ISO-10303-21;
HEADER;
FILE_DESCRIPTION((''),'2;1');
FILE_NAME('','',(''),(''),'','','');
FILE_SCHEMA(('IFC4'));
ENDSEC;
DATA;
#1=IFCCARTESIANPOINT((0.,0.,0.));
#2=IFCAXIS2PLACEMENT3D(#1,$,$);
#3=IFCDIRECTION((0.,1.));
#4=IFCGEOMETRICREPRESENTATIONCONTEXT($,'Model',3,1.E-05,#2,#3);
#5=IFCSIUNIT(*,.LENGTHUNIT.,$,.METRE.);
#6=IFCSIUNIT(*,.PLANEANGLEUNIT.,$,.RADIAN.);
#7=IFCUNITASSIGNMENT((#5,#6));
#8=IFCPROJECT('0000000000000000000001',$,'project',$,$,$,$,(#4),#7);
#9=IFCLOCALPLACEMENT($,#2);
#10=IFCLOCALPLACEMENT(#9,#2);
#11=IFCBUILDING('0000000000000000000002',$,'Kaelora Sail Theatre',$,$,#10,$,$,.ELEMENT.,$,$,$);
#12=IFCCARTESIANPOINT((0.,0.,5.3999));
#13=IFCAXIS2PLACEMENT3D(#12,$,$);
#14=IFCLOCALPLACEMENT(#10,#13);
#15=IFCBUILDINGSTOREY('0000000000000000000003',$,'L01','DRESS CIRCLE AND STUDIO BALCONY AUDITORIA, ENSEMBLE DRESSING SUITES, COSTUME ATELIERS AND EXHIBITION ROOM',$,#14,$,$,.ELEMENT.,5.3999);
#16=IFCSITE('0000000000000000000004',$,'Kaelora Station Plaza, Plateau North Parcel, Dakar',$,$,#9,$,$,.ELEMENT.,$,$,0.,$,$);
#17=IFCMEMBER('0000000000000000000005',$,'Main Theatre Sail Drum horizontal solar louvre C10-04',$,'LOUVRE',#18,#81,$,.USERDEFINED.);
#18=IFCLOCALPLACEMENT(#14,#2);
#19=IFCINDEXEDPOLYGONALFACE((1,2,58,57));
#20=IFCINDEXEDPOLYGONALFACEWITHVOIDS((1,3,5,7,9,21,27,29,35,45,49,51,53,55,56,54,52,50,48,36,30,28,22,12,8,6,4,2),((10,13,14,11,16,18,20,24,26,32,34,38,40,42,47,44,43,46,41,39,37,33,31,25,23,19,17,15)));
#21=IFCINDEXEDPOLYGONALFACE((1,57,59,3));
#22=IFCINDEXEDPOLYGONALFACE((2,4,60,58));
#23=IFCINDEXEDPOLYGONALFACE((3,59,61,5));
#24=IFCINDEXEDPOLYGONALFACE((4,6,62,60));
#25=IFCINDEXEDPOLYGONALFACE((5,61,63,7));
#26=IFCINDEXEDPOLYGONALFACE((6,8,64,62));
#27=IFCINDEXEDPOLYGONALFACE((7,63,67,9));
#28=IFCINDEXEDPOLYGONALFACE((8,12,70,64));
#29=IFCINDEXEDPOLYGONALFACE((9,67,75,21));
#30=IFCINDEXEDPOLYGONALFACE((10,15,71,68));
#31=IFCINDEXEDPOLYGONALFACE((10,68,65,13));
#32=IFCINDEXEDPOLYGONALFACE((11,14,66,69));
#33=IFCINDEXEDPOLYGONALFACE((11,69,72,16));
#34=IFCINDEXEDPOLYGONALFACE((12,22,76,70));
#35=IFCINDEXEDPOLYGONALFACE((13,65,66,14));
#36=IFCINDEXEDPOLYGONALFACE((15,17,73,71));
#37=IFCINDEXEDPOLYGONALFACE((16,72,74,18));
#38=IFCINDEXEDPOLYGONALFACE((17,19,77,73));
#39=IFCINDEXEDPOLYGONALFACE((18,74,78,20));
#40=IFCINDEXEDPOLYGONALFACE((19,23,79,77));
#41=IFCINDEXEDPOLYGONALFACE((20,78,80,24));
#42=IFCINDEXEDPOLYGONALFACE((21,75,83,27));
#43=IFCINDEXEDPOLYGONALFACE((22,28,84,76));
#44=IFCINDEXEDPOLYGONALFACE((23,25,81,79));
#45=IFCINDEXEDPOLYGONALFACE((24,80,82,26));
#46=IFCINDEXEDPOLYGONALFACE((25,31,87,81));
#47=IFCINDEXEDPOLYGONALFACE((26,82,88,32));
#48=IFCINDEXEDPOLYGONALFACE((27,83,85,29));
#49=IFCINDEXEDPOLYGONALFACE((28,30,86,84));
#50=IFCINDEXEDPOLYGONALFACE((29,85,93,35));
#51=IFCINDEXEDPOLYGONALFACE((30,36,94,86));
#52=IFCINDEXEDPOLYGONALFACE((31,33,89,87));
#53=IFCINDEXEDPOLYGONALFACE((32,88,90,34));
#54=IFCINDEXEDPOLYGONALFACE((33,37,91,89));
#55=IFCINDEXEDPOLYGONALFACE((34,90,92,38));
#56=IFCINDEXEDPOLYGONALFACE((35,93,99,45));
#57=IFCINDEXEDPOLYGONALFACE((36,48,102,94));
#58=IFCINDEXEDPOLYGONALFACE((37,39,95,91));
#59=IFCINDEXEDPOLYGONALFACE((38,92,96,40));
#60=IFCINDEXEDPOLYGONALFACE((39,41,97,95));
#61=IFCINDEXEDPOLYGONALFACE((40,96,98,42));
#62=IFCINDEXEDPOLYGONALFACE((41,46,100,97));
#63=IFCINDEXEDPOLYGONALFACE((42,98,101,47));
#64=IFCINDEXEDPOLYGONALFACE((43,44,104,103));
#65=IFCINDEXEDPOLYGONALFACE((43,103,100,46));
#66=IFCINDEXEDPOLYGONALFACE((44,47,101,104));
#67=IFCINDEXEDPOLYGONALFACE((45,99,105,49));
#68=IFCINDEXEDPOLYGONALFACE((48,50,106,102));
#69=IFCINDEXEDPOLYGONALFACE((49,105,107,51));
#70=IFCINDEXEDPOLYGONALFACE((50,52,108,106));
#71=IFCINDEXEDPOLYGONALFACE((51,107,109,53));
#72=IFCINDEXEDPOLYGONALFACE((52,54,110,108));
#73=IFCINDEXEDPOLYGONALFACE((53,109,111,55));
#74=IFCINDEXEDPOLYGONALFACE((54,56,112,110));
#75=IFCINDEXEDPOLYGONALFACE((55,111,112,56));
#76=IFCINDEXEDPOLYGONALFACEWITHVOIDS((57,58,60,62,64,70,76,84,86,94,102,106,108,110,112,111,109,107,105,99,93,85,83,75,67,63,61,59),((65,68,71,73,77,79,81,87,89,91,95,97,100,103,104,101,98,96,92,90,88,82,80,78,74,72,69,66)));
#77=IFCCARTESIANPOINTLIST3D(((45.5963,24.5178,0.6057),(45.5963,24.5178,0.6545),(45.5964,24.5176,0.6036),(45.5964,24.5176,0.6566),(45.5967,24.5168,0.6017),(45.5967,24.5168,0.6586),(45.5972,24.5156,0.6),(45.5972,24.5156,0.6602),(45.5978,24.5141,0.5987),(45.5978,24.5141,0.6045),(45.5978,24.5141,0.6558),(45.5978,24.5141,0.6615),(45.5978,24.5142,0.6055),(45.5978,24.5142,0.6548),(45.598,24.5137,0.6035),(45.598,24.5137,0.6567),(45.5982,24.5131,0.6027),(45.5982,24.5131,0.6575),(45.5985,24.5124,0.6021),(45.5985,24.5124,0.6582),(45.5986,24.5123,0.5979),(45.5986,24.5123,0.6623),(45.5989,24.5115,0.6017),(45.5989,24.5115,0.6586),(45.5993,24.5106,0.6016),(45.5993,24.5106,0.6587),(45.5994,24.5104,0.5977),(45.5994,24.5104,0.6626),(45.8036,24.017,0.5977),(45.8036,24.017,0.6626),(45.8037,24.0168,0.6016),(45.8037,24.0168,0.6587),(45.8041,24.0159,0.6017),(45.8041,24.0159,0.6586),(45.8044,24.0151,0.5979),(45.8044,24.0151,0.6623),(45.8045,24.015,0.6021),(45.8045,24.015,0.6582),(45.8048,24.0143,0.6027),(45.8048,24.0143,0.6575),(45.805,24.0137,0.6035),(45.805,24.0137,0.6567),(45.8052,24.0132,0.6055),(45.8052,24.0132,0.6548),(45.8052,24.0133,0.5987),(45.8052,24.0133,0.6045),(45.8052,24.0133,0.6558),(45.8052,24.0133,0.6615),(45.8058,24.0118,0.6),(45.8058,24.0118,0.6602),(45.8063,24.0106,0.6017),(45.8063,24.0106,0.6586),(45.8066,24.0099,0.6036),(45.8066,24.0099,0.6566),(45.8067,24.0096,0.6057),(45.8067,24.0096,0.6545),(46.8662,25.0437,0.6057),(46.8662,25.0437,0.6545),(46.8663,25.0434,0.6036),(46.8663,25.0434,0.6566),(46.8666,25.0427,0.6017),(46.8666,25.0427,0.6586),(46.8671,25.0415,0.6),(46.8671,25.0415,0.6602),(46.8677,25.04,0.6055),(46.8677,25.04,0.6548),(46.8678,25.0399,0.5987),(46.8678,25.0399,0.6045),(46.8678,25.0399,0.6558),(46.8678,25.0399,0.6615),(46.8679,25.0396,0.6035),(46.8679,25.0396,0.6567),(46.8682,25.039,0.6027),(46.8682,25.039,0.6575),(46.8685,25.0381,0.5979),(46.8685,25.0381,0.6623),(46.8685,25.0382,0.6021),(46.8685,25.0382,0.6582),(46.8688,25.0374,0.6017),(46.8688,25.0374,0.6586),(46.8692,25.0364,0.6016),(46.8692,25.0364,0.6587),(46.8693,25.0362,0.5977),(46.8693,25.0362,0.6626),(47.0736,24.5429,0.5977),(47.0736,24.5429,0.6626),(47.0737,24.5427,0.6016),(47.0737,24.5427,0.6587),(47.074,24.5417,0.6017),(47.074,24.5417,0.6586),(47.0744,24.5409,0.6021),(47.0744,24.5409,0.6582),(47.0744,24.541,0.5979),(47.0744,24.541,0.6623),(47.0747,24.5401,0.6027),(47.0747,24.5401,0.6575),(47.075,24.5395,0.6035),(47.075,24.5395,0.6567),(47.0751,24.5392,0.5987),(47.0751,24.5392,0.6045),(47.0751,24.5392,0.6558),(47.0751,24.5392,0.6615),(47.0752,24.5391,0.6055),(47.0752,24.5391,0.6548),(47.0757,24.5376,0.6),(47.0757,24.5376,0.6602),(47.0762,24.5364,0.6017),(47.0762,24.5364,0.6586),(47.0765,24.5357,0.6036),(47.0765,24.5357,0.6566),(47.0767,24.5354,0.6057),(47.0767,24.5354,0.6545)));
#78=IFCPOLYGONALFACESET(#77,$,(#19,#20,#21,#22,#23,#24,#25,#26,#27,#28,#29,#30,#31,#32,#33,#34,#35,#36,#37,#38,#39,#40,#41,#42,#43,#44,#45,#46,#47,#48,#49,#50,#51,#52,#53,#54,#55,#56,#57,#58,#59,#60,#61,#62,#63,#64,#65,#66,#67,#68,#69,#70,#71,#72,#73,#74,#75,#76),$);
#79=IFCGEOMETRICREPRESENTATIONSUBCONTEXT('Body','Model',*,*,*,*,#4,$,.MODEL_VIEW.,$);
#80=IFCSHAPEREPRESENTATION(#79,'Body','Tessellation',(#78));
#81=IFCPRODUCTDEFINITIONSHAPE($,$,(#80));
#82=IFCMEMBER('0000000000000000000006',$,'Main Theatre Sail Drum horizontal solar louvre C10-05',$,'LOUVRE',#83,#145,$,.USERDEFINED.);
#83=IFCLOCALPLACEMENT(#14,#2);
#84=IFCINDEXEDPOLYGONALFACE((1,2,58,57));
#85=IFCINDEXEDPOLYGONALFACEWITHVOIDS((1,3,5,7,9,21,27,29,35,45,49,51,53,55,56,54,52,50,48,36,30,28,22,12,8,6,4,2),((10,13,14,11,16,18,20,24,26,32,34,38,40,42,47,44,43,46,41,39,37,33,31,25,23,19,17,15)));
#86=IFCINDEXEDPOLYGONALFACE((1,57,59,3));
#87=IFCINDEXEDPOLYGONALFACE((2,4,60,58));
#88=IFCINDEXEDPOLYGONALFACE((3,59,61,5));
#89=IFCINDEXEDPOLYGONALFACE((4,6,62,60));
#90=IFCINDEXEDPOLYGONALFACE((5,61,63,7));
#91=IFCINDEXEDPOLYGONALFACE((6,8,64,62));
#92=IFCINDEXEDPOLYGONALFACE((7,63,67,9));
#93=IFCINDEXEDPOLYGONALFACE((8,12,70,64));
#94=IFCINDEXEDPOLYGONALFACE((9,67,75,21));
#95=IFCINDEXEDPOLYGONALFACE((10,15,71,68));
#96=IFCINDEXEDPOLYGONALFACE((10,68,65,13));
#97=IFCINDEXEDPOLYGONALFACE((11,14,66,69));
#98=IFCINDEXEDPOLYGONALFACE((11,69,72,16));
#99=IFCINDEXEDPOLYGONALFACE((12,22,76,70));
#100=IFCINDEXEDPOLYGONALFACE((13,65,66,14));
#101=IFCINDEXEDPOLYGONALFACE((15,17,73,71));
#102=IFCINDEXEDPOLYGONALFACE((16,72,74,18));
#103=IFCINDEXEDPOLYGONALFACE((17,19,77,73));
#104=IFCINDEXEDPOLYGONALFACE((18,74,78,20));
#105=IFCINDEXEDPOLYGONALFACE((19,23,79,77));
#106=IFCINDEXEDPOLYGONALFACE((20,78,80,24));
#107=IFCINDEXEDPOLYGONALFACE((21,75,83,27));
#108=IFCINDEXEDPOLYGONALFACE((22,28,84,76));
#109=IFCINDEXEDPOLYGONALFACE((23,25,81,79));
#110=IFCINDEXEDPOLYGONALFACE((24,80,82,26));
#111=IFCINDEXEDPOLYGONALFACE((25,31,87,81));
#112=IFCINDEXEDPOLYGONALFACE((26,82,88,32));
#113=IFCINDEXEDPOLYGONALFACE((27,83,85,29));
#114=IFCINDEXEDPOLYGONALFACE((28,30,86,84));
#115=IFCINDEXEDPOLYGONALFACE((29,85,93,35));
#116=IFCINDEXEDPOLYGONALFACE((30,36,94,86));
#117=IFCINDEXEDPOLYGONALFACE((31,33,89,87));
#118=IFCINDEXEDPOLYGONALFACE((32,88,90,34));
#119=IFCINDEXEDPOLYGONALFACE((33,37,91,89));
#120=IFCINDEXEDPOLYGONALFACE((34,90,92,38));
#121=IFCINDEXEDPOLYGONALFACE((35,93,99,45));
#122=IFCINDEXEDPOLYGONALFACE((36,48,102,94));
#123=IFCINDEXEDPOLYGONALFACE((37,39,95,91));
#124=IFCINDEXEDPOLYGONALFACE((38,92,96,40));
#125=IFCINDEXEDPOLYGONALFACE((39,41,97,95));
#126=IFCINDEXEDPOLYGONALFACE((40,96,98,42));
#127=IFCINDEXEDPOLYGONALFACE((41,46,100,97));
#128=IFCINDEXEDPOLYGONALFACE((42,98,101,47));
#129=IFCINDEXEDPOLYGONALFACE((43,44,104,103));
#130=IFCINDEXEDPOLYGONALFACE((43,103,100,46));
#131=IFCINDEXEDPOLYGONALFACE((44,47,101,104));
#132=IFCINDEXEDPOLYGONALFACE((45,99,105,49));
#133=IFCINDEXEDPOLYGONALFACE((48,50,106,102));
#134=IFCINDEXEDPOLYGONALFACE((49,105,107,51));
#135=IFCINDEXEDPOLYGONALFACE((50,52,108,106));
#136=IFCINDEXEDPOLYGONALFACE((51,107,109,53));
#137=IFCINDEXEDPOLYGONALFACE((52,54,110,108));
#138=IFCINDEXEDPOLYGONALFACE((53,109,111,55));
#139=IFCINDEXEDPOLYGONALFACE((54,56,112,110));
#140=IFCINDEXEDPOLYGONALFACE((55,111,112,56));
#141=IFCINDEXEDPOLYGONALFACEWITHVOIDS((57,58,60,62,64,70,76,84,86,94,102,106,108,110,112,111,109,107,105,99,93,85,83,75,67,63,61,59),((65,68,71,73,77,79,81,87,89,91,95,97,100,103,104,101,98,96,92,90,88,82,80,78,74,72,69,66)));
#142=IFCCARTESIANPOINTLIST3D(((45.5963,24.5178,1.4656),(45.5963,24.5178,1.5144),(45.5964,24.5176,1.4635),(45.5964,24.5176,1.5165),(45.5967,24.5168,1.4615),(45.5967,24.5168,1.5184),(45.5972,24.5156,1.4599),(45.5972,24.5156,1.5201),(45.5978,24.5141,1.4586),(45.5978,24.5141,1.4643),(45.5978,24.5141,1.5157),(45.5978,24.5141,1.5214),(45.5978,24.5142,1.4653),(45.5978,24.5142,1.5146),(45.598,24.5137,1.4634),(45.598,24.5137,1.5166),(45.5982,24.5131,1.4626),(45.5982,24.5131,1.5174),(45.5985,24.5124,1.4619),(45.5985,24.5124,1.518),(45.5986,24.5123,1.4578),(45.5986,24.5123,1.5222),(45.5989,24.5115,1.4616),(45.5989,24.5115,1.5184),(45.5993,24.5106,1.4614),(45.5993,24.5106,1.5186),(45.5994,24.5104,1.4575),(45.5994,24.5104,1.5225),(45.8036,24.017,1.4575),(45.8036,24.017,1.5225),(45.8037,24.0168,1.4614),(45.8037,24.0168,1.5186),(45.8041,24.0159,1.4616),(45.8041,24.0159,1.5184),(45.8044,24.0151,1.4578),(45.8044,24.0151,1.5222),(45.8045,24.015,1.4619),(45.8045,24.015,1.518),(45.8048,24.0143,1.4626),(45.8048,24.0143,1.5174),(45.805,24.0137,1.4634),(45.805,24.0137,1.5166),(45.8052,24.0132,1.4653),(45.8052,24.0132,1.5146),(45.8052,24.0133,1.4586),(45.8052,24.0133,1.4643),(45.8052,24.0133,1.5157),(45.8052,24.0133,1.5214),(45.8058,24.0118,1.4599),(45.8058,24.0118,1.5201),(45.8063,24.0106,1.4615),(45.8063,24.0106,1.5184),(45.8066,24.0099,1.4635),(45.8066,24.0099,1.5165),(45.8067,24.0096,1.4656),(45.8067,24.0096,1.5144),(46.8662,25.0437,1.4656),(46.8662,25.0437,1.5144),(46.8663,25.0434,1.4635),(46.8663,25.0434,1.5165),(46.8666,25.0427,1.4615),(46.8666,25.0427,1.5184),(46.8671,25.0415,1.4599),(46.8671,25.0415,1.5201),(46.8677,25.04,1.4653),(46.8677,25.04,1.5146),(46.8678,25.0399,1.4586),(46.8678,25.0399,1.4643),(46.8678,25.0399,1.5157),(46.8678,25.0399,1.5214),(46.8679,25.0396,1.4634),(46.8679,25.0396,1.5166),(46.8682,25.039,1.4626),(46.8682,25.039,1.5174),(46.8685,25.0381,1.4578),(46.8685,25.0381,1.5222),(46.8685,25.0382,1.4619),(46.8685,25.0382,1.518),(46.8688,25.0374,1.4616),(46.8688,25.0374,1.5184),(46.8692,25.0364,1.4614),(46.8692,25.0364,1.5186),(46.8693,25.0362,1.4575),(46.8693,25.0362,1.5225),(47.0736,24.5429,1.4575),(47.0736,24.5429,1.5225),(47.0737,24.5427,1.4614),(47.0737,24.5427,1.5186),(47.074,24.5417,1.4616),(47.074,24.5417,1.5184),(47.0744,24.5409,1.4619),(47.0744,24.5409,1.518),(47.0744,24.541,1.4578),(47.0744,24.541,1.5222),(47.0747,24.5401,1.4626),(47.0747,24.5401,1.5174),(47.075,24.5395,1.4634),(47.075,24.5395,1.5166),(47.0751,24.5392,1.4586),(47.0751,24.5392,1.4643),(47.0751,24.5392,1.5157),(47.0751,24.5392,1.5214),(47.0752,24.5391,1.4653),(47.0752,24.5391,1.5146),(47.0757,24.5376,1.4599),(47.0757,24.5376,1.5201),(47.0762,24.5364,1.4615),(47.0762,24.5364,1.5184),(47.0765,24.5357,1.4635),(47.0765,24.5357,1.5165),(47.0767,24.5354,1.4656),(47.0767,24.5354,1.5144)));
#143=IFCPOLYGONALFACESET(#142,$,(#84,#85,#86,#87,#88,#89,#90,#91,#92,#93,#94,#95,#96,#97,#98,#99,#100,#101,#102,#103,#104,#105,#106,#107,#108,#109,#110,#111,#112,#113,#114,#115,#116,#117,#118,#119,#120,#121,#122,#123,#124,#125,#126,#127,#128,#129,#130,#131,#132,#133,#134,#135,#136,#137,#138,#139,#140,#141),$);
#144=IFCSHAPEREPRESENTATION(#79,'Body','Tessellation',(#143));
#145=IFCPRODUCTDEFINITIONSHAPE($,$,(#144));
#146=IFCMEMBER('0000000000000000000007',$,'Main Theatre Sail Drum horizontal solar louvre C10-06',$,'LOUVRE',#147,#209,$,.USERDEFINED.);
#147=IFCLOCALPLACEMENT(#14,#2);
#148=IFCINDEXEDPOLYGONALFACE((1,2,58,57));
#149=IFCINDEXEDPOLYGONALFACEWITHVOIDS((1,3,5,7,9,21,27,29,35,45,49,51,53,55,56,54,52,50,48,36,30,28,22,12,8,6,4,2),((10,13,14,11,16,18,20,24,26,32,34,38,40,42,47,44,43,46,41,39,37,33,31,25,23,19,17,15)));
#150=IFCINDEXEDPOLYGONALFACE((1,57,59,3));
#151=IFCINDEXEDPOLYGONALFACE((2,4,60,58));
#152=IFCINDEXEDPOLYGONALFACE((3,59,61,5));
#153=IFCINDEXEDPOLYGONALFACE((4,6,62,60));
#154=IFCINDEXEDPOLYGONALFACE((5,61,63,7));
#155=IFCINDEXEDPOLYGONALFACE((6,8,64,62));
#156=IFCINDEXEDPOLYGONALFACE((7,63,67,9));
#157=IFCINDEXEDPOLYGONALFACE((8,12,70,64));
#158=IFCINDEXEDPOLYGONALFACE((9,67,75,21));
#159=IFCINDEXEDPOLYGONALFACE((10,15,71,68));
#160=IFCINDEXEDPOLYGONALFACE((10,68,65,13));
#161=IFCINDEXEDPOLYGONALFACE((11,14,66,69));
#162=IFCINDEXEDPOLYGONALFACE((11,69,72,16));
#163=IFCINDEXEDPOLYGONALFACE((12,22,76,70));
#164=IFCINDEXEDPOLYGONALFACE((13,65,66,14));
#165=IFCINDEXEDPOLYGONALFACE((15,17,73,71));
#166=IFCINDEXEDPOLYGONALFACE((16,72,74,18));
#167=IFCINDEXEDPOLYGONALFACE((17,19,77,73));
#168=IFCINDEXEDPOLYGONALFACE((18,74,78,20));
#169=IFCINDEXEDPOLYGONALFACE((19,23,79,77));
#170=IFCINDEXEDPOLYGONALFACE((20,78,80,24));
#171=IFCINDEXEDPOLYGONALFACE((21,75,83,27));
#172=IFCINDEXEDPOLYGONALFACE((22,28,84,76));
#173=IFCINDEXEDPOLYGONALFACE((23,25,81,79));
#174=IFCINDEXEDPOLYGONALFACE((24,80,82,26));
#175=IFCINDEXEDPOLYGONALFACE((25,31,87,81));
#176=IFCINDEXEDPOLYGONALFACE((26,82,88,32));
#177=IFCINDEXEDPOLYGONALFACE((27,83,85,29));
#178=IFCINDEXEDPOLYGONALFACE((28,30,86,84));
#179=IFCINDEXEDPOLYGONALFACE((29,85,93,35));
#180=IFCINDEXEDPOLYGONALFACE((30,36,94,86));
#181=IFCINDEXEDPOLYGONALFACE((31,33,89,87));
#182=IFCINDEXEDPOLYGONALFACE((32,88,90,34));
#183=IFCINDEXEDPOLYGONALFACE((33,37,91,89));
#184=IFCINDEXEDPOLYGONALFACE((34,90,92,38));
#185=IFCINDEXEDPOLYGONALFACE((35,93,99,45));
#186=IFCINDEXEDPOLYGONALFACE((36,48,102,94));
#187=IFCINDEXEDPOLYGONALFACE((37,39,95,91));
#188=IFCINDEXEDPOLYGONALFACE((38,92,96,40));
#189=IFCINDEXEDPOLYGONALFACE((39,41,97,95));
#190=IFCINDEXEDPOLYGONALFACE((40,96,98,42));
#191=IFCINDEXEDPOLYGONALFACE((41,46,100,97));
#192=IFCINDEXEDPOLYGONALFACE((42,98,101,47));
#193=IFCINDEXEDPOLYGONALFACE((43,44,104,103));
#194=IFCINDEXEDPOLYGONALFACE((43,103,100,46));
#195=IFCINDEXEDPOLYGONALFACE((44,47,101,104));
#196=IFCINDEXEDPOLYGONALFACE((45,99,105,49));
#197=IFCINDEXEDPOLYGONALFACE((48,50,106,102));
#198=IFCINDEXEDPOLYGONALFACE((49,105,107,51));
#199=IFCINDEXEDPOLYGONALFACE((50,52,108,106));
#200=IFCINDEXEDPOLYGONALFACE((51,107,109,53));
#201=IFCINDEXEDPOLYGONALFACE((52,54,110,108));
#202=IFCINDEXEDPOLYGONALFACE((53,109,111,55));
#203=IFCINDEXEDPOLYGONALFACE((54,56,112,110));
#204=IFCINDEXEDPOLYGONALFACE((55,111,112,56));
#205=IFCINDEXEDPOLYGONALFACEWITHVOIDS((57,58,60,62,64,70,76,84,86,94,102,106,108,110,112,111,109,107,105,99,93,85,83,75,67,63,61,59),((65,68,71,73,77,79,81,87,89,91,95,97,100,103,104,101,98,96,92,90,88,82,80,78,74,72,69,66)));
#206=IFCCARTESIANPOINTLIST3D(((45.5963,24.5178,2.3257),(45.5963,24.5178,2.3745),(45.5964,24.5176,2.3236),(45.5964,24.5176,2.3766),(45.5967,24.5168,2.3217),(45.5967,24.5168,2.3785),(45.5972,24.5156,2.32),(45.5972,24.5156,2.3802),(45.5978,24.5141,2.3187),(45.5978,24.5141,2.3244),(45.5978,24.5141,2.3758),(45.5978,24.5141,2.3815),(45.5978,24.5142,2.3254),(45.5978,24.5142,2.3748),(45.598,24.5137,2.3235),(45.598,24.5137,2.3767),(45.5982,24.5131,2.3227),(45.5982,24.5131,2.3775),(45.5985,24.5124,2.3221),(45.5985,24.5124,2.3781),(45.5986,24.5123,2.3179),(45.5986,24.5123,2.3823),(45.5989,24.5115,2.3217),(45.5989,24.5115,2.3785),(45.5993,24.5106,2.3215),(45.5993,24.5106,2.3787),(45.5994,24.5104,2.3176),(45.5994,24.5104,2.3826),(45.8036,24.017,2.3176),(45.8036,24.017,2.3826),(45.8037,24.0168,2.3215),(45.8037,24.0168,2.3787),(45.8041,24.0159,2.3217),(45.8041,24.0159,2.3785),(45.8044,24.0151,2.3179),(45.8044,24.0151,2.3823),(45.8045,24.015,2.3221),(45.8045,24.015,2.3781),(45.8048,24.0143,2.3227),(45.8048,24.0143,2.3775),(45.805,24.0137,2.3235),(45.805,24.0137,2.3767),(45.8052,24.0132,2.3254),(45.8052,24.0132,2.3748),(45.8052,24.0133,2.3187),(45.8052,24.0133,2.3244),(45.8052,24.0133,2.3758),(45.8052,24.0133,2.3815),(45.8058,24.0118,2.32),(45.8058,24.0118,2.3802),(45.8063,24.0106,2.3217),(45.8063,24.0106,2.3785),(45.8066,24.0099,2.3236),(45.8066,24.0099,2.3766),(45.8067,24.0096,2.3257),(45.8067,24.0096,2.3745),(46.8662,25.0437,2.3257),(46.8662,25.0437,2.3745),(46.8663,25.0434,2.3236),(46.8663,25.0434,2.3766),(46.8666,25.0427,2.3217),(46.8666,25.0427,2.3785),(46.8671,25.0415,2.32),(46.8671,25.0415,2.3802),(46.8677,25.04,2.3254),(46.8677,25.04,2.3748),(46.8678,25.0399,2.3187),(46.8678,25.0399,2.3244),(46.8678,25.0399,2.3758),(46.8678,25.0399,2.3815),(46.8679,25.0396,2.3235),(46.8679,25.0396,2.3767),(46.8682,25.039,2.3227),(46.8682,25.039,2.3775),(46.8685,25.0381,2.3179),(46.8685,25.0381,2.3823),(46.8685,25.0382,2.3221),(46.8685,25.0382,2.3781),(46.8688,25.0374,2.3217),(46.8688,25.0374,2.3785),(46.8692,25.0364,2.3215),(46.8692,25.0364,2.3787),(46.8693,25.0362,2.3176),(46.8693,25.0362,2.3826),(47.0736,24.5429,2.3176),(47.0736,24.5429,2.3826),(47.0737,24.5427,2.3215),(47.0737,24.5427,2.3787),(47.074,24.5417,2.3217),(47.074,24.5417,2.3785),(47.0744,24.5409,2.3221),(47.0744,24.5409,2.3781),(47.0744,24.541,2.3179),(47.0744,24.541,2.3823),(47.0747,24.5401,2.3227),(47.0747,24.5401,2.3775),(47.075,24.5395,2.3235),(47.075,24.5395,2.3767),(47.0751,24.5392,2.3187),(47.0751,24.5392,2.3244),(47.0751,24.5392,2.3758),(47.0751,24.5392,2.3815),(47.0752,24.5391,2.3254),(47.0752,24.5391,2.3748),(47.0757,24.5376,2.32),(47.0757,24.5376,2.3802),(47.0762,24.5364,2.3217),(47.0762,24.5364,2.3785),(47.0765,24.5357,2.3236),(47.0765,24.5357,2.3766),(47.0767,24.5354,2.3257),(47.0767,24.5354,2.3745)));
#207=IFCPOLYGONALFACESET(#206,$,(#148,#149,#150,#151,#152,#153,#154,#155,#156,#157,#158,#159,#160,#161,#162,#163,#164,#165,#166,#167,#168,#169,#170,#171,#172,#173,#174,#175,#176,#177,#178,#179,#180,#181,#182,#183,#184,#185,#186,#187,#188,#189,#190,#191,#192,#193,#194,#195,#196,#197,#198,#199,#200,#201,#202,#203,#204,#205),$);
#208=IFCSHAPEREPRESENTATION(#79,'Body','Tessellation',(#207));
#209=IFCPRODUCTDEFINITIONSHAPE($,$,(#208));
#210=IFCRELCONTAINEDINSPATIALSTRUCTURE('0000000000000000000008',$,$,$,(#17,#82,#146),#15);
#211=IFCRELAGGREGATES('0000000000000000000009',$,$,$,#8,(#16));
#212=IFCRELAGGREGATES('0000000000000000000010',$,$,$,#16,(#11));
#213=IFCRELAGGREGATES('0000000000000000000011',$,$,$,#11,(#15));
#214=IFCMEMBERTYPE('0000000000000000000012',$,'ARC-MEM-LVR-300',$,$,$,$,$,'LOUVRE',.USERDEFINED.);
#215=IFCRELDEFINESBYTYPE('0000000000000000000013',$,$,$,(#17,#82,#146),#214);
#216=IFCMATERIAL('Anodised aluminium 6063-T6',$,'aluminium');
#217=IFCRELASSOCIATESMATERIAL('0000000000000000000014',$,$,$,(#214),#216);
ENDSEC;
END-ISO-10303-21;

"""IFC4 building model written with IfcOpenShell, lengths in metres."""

from ifc_helpers import new_model, si_unit, direction, frame, origin, origin_2d, place, context, subcontext, project, spatial, hollow_rectangle, extrude, material, material_profile, profile_set, type_object, element, save


model = new_model("IFC4")

# Units and contexts
model_context = context("Model", 3, precision=1e-05, world=origin(), true_north=direction((0.0, 1.0)))
body_context = subcontext(model_context, "Body", "Model", "MODEL_VIEW")
ifc_project = project(units=[si_unit("LENGTHUNIT", "METRE"), si_unit("PLANEANGLEUNIT", "RADIAN")], contexts=[model_context])

# Site, building, storey
site_placement = place(None, origin())
site = spatial("IfcSite", under=ifc_project, at=site_placement, Name="Kaelora Station Plaza, Plateau North Parcel, Dakar", CompositionType="ELEMENT", RefElevation=0.0)
building_placement = place(site_placement, origin())
building = spatial("IfcBuilding", under=site, at=building_placement, Name="Kaelora Sail Theatre", CompositionType="ELEMENT")
storey_placement = place(building_placement, frame((0.0, 0.0, 5.3999)))
storey = spatial("IfcBuildingStorey", under=building, at=storey_placement, Name="L01", Description="DRESS CIRCLE AND STUDIO BALCONY AUDITORIA, ENSEMBLE DRESSING SUITES, COSTUME ATELIERS AND EXHIBITION ROOM", CompositionType="ELEMENT", Elevation=5.3999)

# Members
ifc_material_1 = material(Name="Anodised aluminium 6063-T6", Category="aluminium")
ifc_material_profile_1 = material_profile(ifc_material_1, hollow_rectangle(XDim=0.55, YDim=0.0649, WallThickness=0.0039, InnerFilletRadius=0.0039, OuterFilletRadius=0.0081, at=origin_2d()), Name="LOUVRE 550x65x4")
ifc_profile_set_1 = profile_set([ifc_material_profile_1], Name="Anodised aluminium 6063-T6")
member_type = type_object("IfcMemberType", Name="ARC-MEM-LVR-300", ElementType="LOUVRE", PredefinedType="USERDEFINED", material=ifc_profile_set_1)
for number, where, z_axis, x_axis, name in (
    (1, (46.9714, 24.7896, 0.6301), (-0.923926, -0.382571, 0.0), (0.382571, -0.923926, 0.0), "Main Theatre Sail Drum horizontal solar louvre C10-04"),
    (2, (46.9714, 24.7896, 1.49), (-0.923926, -0.382571, 0.0), (0.382571, -0.923926, 0.0), "Main Theatre Sail Drum horizontal solar louvre C10-05"),
    (3, (46.9714, 24.7896, 2.3501), (-0.923926, -0.382571, 0.0), (0.382571, -0.923926, 0.0), "Main Theatre Sail Drum horizontal solar louvre C10-06"),
):
    element("IfcMember", number, at=place(storey_placement, frame(where, z_axis=z_axis, x_axis=x_axis)), inside=storey, type_object=member_type, Name=name, ObjectType="LOUVRE", PredefinedType="USERDEFINED", context=body_context, shape_type="SweptSolid", body=[
        extrude(hollow_rectangle(XDim=0.55, YDim=0.0649, WallThickness=0.0039, InnerFilletRadius=0.0039, OuterFilletRadius=0.0081, at=origin_2d()), origin(), (0.0, 0.0, 1.0), 1.3745),
    ])

save(model, "model.ifc")
